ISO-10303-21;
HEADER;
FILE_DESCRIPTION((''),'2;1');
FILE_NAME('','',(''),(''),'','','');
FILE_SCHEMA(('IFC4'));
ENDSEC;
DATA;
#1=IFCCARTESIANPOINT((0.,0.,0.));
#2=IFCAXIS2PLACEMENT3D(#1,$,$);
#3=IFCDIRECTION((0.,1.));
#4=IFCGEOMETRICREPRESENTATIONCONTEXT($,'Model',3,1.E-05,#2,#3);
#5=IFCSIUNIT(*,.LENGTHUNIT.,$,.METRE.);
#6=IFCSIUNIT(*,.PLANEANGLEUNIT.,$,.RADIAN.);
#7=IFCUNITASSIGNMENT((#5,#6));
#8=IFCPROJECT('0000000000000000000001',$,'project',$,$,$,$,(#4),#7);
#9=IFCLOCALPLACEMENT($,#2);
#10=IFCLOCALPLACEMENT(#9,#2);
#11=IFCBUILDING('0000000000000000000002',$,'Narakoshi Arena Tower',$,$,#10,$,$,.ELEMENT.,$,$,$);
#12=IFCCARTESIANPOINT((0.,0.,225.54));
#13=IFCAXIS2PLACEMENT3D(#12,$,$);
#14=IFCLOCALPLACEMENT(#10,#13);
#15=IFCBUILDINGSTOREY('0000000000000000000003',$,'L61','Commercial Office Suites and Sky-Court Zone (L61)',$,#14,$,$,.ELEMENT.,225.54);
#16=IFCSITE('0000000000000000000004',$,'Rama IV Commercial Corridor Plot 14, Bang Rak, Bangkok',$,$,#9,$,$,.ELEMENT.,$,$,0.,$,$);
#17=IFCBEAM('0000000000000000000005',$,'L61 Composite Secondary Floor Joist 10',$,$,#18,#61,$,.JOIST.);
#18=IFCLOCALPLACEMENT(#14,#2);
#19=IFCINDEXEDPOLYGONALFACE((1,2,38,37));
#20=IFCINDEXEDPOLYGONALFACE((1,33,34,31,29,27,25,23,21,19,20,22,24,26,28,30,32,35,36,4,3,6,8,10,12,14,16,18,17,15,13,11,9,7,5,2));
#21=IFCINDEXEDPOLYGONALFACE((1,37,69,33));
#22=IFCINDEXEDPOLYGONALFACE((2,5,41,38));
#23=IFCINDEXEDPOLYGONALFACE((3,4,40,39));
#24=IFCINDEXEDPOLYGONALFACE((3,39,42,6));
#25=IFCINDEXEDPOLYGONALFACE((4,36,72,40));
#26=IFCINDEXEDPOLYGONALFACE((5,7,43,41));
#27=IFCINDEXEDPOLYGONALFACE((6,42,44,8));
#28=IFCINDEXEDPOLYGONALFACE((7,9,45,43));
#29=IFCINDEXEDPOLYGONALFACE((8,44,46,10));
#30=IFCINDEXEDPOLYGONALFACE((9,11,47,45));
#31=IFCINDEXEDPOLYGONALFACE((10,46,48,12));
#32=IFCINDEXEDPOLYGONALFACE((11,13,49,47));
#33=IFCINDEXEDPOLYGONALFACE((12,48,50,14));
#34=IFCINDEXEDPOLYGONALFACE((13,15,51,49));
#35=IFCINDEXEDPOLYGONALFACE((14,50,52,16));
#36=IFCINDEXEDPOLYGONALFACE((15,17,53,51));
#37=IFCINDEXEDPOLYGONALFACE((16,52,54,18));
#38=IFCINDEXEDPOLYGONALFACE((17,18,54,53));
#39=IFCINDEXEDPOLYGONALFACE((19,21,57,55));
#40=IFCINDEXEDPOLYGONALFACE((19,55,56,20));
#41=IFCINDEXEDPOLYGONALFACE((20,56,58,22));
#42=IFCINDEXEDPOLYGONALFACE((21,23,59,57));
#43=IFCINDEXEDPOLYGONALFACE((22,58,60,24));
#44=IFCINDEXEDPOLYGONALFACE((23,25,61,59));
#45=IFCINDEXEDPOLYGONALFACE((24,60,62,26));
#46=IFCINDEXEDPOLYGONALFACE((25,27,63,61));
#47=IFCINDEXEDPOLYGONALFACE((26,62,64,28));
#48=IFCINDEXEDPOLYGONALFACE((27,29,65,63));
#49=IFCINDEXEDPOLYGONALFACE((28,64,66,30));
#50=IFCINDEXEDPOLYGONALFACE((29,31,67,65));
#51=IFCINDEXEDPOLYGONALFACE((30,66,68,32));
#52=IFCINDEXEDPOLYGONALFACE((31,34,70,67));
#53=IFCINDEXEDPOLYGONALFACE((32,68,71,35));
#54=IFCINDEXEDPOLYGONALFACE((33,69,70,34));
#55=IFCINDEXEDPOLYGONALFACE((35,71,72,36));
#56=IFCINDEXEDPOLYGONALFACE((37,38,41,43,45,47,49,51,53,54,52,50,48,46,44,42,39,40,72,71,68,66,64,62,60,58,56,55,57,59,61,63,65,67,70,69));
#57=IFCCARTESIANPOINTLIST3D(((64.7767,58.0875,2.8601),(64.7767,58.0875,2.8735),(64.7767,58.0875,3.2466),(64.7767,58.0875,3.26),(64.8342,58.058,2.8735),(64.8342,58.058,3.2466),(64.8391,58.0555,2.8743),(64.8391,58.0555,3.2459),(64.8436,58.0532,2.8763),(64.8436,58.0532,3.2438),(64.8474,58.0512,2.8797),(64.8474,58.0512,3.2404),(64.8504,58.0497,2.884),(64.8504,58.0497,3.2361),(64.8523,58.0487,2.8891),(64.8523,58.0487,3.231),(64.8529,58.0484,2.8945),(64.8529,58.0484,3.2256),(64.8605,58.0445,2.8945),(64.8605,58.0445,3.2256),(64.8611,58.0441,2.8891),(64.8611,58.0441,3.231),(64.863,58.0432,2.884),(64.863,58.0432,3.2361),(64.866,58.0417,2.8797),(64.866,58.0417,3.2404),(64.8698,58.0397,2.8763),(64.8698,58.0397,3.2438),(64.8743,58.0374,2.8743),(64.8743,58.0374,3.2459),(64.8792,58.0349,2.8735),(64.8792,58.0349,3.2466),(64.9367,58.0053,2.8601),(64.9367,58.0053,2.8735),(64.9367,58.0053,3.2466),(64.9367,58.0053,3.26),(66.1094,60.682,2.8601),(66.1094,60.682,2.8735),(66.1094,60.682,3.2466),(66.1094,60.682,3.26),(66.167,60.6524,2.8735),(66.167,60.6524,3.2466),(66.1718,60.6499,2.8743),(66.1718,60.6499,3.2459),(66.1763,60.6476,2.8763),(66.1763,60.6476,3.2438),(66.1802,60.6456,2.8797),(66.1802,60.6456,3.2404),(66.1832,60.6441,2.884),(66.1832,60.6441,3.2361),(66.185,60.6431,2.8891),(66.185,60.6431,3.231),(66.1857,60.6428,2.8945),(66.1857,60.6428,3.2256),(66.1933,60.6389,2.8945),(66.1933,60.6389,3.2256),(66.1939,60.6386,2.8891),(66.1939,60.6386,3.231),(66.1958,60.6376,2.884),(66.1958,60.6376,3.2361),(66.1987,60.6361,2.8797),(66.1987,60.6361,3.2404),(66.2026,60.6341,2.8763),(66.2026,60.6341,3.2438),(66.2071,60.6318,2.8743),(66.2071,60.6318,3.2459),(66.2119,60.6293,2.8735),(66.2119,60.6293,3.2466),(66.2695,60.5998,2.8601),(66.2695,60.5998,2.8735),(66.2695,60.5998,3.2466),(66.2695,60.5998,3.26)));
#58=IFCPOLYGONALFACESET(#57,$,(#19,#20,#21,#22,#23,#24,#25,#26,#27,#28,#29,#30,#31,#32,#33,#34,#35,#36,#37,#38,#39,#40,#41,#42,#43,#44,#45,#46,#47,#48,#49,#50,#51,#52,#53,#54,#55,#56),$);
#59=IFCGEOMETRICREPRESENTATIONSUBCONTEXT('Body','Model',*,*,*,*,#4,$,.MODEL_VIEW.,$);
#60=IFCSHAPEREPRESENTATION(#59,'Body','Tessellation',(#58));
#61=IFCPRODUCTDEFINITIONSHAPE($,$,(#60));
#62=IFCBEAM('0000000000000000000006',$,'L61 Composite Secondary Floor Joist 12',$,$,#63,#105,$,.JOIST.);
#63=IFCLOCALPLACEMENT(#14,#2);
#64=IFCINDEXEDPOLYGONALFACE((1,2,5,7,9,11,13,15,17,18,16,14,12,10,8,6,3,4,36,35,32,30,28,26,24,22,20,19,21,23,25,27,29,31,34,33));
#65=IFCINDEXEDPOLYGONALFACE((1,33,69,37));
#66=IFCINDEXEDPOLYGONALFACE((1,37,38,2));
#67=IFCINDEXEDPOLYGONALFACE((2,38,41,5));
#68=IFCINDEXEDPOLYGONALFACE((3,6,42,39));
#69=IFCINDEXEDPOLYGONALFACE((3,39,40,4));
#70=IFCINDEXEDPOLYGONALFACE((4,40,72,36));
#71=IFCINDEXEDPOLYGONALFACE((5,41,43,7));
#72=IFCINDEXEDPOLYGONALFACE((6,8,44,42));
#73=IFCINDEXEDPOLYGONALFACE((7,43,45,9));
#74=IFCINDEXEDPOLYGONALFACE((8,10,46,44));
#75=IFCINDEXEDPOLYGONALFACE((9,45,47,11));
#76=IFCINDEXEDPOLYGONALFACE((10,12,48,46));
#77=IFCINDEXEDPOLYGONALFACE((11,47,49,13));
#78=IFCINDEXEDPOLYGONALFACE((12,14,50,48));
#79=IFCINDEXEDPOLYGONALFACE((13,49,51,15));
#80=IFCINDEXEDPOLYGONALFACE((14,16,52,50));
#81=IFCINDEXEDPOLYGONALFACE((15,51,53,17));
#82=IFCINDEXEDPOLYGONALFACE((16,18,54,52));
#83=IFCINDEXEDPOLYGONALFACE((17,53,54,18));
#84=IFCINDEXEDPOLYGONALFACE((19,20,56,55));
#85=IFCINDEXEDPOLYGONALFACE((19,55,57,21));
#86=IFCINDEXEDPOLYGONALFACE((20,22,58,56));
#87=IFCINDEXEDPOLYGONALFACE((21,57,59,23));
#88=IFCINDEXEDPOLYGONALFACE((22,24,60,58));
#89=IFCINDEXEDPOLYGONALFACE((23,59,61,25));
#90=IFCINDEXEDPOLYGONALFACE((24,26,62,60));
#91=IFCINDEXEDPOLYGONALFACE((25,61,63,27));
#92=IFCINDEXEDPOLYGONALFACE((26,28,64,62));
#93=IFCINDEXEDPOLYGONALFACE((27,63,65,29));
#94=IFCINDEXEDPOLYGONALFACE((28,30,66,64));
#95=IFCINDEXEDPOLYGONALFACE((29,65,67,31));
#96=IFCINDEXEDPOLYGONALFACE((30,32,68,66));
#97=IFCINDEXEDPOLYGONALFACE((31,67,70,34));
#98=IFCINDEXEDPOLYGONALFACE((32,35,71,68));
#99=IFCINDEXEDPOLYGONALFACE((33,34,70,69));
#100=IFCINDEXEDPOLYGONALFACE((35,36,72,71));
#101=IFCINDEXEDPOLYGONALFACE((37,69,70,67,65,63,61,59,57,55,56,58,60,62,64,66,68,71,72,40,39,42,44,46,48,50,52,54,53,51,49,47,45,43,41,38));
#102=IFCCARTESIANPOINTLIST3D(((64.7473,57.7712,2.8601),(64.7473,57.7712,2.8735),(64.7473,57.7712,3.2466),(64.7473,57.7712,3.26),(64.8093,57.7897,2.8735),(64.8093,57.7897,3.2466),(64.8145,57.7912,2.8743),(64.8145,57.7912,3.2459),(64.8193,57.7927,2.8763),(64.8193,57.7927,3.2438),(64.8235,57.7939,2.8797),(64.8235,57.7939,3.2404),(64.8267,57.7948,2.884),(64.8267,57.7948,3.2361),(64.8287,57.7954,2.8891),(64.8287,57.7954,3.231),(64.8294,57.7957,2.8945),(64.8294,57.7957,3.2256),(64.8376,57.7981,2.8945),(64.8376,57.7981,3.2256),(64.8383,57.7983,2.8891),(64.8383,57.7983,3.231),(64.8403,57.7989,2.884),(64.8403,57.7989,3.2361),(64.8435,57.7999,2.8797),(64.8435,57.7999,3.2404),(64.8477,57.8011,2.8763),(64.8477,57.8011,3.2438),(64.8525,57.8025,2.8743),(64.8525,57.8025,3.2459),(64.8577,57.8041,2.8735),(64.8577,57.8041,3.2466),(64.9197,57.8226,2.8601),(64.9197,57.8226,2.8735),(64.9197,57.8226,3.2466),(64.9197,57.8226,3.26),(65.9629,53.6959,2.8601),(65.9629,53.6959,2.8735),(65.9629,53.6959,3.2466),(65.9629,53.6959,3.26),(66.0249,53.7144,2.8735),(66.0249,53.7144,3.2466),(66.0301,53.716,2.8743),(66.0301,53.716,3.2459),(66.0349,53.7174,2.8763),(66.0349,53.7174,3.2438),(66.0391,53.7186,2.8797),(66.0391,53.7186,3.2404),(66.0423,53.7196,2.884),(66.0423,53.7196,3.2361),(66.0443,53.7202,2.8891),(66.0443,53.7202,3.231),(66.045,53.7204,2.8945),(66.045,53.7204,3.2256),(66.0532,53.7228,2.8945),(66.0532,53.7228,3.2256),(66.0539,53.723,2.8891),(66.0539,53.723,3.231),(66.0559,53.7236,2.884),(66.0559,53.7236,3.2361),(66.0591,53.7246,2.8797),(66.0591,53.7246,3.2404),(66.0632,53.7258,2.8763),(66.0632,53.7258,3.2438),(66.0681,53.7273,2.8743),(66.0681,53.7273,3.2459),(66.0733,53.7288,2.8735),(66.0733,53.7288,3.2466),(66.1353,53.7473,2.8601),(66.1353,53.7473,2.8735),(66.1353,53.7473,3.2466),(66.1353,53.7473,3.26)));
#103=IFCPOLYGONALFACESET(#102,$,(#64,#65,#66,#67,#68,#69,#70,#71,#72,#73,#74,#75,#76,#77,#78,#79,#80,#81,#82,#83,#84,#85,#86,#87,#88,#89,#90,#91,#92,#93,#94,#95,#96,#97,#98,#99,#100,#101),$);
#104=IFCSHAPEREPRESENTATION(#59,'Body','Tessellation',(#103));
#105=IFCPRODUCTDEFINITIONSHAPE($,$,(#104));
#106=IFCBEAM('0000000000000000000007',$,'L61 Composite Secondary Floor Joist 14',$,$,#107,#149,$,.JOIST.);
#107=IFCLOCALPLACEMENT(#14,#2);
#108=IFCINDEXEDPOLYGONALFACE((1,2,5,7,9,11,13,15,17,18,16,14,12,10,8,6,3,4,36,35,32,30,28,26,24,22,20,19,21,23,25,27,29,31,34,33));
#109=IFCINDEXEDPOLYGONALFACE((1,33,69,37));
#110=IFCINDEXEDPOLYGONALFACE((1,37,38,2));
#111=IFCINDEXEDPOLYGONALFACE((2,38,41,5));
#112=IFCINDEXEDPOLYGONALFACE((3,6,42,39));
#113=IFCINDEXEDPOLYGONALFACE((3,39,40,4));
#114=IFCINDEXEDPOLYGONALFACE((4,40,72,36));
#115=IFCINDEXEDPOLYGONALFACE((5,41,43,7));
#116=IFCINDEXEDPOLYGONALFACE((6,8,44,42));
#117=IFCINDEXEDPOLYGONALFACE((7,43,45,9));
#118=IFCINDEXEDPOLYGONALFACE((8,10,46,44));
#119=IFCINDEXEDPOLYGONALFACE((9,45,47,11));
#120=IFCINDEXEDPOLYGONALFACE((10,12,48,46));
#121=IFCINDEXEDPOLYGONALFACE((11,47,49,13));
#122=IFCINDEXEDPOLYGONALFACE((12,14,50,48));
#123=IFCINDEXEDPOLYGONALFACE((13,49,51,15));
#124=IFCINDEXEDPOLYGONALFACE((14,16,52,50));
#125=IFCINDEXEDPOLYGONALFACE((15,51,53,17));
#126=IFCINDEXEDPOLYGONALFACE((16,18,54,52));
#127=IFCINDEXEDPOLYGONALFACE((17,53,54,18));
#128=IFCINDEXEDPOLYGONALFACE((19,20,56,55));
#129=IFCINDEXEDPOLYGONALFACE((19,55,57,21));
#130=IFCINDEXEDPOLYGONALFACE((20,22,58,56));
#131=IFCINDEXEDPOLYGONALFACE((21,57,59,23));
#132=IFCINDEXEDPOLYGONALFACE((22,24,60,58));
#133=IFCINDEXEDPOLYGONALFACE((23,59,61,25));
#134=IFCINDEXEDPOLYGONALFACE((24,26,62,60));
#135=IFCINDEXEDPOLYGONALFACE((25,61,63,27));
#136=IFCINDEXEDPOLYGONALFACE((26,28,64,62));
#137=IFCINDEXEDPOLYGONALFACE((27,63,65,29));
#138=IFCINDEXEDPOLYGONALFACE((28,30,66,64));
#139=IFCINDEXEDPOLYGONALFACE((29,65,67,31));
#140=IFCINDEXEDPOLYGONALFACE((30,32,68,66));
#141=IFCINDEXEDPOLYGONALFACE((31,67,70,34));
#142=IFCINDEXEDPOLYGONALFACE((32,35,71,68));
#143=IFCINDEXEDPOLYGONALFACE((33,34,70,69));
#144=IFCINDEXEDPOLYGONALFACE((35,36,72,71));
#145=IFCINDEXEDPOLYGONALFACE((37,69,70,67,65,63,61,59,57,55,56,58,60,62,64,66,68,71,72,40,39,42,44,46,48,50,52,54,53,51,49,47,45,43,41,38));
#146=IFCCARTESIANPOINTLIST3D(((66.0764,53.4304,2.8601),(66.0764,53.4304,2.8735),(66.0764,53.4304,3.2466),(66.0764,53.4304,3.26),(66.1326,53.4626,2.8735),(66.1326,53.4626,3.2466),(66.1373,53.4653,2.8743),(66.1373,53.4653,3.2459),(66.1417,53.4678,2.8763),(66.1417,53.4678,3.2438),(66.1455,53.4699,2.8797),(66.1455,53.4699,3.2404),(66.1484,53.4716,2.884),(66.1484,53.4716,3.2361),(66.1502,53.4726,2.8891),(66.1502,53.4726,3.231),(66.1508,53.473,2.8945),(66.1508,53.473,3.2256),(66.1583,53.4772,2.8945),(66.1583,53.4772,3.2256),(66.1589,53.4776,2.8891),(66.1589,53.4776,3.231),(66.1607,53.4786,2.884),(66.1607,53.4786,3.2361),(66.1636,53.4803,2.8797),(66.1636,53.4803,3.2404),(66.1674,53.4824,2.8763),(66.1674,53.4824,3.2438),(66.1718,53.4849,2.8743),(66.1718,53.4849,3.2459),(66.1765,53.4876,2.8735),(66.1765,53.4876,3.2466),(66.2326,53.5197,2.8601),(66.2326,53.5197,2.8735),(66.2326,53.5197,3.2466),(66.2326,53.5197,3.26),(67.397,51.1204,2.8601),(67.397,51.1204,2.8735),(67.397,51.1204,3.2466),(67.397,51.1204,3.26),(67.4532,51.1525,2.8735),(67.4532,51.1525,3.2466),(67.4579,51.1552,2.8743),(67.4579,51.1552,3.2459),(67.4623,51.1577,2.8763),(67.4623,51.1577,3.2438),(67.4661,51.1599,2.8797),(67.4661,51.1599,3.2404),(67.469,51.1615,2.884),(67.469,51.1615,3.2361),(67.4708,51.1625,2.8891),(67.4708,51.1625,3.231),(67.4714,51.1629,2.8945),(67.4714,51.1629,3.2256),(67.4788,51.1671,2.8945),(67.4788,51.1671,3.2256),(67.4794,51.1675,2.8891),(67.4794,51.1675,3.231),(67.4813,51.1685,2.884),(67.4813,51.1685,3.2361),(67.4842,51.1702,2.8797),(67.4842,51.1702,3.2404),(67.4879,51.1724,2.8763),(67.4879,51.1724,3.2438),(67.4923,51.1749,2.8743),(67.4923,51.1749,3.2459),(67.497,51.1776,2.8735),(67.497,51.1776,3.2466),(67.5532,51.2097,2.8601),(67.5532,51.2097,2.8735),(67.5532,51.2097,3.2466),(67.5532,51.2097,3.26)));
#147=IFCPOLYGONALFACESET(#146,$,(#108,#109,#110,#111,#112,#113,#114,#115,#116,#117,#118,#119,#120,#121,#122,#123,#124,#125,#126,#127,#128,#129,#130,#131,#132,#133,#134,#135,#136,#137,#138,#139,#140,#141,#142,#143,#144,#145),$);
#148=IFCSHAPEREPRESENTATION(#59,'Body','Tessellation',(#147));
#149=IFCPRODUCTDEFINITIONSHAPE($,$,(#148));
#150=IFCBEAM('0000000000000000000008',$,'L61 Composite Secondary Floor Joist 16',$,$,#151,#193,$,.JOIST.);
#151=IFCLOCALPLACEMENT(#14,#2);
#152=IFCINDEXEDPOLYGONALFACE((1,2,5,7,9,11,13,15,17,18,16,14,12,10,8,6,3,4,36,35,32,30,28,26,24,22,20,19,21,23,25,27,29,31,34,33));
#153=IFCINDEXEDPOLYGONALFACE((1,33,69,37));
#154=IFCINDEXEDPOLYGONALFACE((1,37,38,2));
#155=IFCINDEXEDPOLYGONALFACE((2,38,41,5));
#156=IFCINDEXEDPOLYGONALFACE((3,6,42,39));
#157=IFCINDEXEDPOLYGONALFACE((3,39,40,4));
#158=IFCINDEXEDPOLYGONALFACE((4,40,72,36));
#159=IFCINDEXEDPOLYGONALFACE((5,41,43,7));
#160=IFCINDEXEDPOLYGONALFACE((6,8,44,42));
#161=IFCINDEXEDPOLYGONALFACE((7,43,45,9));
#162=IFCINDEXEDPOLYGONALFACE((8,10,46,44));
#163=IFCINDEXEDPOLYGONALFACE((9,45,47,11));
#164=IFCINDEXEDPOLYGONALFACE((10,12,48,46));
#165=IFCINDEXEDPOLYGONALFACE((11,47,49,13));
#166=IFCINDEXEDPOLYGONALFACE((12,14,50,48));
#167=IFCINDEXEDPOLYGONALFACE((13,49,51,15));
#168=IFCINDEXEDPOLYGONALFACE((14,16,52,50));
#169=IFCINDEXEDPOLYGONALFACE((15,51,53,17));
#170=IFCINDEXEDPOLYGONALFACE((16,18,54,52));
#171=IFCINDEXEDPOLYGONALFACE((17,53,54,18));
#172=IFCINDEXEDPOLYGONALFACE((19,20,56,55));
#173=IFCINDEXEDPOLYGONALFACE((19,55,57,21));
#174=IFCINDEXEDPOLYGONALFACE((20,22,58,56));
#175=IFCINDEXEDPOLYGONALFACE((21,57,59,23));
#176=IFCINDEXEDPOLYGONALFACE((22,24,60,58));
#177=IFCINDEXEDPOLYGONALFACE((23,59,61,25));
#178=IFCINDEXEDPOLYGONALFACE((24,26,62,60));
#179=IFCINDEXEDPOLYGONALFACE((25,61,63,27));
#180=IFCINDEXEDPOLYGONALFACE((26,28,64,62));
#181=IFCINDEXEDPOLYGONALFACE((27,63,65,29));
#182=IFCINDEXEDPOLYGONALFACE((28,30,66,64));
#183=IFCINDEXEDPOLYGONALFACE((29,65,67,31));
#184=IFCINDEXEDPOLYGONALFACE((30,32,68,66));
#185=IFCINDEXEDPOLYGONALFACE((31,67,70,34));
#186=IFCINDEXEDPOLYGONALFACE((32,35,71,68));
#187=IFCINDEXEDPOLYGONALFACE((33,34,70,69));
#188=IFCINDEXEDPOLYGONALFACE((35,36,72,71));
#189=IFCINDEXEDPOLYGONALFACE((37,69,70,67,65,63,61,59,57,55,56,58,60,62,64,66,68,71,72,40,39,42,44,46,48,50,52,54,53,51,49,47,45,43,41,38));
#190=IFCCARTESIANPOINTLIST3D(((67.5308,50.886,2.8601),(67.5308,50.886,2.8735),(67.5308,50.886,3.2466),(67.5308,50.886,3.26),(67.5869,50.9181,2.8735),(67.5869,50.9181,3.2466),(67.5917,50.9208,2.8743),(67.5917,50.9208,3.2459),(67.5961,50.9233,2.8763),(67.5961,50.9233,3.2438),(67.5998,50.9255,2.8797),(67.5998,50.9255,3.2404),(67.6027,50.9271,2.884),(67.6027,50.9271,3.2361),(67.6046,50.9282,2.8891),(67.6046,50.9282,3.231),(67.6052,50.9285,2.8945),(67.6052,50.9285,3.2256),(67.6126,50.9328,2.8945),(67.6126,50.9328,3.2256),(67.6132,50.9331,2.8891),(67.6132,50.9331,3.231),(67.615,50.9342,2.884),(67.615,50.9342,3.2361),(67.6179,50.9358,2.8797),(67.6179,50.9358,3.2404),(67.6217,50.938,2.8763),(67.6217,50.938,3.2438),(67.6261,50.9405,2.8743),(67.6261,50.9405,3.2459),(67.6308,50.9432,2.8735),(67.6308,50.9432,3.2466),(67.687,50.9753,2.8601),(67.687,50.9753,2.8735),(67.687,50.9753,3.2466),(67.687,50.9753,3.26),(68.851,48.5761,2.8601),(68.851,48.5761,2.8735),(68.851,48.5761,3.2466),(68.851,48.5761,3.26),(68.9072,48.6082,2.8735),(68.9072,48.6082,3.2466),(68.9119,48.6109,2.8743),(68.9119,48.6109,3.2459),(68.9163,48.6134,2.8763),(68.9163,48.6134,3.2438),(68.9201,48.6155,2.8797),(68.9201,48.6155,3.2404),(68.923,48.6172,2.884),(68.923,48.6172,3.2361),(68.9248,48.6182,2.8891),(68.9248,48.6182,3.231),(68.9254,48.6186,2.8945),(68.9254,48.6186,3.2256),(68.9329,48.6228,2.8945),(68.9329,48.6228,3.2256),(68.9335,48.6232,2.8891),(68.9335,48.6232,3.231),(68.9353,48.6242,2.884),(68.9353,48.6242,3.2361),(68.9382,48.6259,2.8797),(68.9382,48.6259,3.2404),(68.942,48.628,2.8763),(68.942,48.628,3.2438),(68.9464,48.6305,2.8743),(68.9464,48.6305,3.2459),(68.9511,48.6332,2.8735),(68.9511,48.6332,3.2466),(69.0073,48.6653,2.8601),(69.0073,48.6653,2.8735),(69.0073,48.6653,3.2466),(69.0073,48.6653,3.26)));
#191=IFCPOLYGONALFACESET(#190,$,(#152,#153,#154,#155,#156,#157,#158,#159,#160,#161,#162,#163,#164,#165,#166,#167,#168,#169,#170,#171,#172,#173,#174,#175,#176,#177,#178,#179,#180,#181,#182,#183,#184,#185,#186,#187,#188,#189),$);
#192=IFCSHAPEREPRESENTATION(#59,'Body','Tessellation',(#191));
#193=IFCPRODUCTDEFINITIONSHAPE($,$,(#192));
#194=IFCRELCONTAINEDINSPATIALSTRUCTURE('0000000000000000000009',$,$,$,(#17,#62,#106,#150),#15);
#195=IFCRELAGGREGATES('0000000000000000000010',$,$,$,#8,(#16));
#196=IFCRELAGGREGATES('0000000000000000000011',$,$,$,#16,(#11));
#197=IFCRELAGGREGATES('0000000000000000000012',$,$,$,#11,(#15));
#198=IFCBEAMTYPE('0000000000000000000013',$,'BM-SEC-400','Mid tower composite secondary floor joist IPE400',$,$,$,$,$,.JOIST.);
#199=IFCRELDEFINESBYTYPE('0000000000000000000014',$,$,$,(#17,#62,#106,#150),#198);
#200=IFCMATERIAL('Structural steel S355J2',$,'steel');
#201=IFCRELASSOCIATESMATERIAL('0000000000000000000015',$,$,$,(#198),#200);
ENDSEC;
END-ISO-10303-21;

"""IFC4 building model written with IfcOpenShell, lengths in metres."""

from ifc_helpers import new_model, si_unit, direction, frame, origin, origin_2d, place, context, subcontext, project, spatial, i_section, extrude, material, material_profile, profile_set, type_object, element, save


model = new_model("IFC4")

# Units and contexts
model_context = context("Model", 3, precision=1e-05, world=origin(), true_north=direction((0.0, 1.0)))
body_context = subcontext(model_context, "Body", "Model", "MODEL_VIEW")
ifc_project = project(units=[si_unit("LENGTHUNIT", "METRE"), si_unit("PLANEANGLEUNIT", "RADIAN")], contexts=[model_context])

# Site, building, storey
site_placement = place(None, origin())
site = spatial("IfcSite", under=ifc_project, at=site_placement, Name="Rama IV Commercial Corridor Plot 14, Bang Rak, Bangkok", CompositionType="ELEMENT", RefElevation=0.0)
building_placement = place(site_placement, origin())
building = spatial("IfcBuilding", under=site, at=building_placement, Name="Narakoshi Arena Tower", CompositionType="ELEMENT")
storey_placement = place(building_placement, frame((0.0, 0.0, 225.54)))
storey = spatial("IfcBuildingStorey", under=building, at=storey_placement, Name="L61", Description="Commercial Office Suites and Sky-Court Zone (L61)", CompositionType="ELEMENT", Elevation=225.54)

# Beams
ifc_material_1 = material(Name="Structural steel S355J2", Category="steel")
ifc_material_profile_1 = material_profile(ifc_material_1, i_section(OverallWidth=0.1799, OverallDepth=0.3999, WebThickness=0.0085, FlangeThickness=0.0134, FilletRadius=0.021, at=origin_2d()), Name="IPE400")
ifc_profile_set_1 = profile_set([ifc_material_profile_1], Name="Structural steel S355J2")
beam_type_1 = type_object("IfcBeamType", Name="BM-SEC-400", Description="Mid tower composite secondary floor joist IPE400", PredefinedType="JOIST", material=ifc_profile_set_1)
beam_1_placement = place(storey_placement, frame((66.1895, 60.6409, 3.0601), z_axis=(-0.45693, -0.889503, 0.0), x_axis=(0.889503, -0.45693, 0.0)))
element("IfcBeam", 1, at=beam_1_placement, inside=storey, type_object=beam_type_1, Name="L61 Composite Secondary Floor Joist 10", PredefinedType="JOIST", context=body_context, shape_type="SweptSolid", body=[
    extrude(i_section(OverallWidth=0.1799, OverallDepth=0.3999, WebThickness=0.0085, FlangeThickness=0.0134, FilletRadius=0.021, at=origin_2d()), origin(), (0.0, 0.0, 1.0), 2.9167),
])
beam_2_placement = place(storey_placement, frame((64.8335, 57.7969, 3.0601), z_axis=(0.285841, -0.958277, 0.0), x_axis=(0.958277, 0.285841, 0.0)))
element("IfcBeam", 2, at=beam_2_placement, inside=storey, type_object=beam_type_1, Name="L61 Composite Secondary Floor Joist 12", PredefinedType="JOIST", context=body_context, shape_type="SweptSolid", body=[
    extrude(i_section(OverallWidth=0.1799, OverallDepth=0.3999, WebThickness=0.0085, FlangeThickness=0.0134, FilletRadius=0.021, at=origin_2d()), origin(), (0.0, 0.0, 1.0), 4.2527),
])
beam_3_placement = place(storey_placement, frame((66.1545, 53.4751, 3.0601), z_axis=(0.496287, -0.868158, 0.0), x_axis=(0.868158, 0.496287, 0.0)))
element("IfcBeam", 3, at=beam_3_placement, inside=storey, type_object=beam_type_1, Name="L61 Composite Secondary Floor Joist 14", PredefinedType="JOIST", context=body_context, shape_type="SweptSolid", body=[
    extrude(i_section(OverallWidth=0.1799, OverallDepth=0.3999, WebThickness=0.0085, FlangeThickness=0.0134, FilletRadius=0.021, at=origin_2d()), origin(), (0.0, 0.0, 1.0), 2.6609),
])
beam_4_placement = place(storey_placement, frame((67.6089, 50.9307, 3.0601), z_axis=(0.496218, -0.868198, 0.0), x_axis=(0.868198, 0.496218, 0.0)))
element("IfcBeam", 4, at=beam_4_placement, inside=storey, type_object=beam_type_1, Name="L61 Composite Secondary Floor Joist 16", PredefinedType="JOIST", context=body_context, shape_type="SweptSolid", body=[
    extrude(i_section(OverallWidth=0.1799, OverallDepth=0.3999, WebThickness=0.0085, FlangeThickness=0.0134, FilletRadius=0.021, at=origin_2d()), origin(), (0.0, 0.0, 1.0), 2.6606),
])

save(model, "model.ifc")
